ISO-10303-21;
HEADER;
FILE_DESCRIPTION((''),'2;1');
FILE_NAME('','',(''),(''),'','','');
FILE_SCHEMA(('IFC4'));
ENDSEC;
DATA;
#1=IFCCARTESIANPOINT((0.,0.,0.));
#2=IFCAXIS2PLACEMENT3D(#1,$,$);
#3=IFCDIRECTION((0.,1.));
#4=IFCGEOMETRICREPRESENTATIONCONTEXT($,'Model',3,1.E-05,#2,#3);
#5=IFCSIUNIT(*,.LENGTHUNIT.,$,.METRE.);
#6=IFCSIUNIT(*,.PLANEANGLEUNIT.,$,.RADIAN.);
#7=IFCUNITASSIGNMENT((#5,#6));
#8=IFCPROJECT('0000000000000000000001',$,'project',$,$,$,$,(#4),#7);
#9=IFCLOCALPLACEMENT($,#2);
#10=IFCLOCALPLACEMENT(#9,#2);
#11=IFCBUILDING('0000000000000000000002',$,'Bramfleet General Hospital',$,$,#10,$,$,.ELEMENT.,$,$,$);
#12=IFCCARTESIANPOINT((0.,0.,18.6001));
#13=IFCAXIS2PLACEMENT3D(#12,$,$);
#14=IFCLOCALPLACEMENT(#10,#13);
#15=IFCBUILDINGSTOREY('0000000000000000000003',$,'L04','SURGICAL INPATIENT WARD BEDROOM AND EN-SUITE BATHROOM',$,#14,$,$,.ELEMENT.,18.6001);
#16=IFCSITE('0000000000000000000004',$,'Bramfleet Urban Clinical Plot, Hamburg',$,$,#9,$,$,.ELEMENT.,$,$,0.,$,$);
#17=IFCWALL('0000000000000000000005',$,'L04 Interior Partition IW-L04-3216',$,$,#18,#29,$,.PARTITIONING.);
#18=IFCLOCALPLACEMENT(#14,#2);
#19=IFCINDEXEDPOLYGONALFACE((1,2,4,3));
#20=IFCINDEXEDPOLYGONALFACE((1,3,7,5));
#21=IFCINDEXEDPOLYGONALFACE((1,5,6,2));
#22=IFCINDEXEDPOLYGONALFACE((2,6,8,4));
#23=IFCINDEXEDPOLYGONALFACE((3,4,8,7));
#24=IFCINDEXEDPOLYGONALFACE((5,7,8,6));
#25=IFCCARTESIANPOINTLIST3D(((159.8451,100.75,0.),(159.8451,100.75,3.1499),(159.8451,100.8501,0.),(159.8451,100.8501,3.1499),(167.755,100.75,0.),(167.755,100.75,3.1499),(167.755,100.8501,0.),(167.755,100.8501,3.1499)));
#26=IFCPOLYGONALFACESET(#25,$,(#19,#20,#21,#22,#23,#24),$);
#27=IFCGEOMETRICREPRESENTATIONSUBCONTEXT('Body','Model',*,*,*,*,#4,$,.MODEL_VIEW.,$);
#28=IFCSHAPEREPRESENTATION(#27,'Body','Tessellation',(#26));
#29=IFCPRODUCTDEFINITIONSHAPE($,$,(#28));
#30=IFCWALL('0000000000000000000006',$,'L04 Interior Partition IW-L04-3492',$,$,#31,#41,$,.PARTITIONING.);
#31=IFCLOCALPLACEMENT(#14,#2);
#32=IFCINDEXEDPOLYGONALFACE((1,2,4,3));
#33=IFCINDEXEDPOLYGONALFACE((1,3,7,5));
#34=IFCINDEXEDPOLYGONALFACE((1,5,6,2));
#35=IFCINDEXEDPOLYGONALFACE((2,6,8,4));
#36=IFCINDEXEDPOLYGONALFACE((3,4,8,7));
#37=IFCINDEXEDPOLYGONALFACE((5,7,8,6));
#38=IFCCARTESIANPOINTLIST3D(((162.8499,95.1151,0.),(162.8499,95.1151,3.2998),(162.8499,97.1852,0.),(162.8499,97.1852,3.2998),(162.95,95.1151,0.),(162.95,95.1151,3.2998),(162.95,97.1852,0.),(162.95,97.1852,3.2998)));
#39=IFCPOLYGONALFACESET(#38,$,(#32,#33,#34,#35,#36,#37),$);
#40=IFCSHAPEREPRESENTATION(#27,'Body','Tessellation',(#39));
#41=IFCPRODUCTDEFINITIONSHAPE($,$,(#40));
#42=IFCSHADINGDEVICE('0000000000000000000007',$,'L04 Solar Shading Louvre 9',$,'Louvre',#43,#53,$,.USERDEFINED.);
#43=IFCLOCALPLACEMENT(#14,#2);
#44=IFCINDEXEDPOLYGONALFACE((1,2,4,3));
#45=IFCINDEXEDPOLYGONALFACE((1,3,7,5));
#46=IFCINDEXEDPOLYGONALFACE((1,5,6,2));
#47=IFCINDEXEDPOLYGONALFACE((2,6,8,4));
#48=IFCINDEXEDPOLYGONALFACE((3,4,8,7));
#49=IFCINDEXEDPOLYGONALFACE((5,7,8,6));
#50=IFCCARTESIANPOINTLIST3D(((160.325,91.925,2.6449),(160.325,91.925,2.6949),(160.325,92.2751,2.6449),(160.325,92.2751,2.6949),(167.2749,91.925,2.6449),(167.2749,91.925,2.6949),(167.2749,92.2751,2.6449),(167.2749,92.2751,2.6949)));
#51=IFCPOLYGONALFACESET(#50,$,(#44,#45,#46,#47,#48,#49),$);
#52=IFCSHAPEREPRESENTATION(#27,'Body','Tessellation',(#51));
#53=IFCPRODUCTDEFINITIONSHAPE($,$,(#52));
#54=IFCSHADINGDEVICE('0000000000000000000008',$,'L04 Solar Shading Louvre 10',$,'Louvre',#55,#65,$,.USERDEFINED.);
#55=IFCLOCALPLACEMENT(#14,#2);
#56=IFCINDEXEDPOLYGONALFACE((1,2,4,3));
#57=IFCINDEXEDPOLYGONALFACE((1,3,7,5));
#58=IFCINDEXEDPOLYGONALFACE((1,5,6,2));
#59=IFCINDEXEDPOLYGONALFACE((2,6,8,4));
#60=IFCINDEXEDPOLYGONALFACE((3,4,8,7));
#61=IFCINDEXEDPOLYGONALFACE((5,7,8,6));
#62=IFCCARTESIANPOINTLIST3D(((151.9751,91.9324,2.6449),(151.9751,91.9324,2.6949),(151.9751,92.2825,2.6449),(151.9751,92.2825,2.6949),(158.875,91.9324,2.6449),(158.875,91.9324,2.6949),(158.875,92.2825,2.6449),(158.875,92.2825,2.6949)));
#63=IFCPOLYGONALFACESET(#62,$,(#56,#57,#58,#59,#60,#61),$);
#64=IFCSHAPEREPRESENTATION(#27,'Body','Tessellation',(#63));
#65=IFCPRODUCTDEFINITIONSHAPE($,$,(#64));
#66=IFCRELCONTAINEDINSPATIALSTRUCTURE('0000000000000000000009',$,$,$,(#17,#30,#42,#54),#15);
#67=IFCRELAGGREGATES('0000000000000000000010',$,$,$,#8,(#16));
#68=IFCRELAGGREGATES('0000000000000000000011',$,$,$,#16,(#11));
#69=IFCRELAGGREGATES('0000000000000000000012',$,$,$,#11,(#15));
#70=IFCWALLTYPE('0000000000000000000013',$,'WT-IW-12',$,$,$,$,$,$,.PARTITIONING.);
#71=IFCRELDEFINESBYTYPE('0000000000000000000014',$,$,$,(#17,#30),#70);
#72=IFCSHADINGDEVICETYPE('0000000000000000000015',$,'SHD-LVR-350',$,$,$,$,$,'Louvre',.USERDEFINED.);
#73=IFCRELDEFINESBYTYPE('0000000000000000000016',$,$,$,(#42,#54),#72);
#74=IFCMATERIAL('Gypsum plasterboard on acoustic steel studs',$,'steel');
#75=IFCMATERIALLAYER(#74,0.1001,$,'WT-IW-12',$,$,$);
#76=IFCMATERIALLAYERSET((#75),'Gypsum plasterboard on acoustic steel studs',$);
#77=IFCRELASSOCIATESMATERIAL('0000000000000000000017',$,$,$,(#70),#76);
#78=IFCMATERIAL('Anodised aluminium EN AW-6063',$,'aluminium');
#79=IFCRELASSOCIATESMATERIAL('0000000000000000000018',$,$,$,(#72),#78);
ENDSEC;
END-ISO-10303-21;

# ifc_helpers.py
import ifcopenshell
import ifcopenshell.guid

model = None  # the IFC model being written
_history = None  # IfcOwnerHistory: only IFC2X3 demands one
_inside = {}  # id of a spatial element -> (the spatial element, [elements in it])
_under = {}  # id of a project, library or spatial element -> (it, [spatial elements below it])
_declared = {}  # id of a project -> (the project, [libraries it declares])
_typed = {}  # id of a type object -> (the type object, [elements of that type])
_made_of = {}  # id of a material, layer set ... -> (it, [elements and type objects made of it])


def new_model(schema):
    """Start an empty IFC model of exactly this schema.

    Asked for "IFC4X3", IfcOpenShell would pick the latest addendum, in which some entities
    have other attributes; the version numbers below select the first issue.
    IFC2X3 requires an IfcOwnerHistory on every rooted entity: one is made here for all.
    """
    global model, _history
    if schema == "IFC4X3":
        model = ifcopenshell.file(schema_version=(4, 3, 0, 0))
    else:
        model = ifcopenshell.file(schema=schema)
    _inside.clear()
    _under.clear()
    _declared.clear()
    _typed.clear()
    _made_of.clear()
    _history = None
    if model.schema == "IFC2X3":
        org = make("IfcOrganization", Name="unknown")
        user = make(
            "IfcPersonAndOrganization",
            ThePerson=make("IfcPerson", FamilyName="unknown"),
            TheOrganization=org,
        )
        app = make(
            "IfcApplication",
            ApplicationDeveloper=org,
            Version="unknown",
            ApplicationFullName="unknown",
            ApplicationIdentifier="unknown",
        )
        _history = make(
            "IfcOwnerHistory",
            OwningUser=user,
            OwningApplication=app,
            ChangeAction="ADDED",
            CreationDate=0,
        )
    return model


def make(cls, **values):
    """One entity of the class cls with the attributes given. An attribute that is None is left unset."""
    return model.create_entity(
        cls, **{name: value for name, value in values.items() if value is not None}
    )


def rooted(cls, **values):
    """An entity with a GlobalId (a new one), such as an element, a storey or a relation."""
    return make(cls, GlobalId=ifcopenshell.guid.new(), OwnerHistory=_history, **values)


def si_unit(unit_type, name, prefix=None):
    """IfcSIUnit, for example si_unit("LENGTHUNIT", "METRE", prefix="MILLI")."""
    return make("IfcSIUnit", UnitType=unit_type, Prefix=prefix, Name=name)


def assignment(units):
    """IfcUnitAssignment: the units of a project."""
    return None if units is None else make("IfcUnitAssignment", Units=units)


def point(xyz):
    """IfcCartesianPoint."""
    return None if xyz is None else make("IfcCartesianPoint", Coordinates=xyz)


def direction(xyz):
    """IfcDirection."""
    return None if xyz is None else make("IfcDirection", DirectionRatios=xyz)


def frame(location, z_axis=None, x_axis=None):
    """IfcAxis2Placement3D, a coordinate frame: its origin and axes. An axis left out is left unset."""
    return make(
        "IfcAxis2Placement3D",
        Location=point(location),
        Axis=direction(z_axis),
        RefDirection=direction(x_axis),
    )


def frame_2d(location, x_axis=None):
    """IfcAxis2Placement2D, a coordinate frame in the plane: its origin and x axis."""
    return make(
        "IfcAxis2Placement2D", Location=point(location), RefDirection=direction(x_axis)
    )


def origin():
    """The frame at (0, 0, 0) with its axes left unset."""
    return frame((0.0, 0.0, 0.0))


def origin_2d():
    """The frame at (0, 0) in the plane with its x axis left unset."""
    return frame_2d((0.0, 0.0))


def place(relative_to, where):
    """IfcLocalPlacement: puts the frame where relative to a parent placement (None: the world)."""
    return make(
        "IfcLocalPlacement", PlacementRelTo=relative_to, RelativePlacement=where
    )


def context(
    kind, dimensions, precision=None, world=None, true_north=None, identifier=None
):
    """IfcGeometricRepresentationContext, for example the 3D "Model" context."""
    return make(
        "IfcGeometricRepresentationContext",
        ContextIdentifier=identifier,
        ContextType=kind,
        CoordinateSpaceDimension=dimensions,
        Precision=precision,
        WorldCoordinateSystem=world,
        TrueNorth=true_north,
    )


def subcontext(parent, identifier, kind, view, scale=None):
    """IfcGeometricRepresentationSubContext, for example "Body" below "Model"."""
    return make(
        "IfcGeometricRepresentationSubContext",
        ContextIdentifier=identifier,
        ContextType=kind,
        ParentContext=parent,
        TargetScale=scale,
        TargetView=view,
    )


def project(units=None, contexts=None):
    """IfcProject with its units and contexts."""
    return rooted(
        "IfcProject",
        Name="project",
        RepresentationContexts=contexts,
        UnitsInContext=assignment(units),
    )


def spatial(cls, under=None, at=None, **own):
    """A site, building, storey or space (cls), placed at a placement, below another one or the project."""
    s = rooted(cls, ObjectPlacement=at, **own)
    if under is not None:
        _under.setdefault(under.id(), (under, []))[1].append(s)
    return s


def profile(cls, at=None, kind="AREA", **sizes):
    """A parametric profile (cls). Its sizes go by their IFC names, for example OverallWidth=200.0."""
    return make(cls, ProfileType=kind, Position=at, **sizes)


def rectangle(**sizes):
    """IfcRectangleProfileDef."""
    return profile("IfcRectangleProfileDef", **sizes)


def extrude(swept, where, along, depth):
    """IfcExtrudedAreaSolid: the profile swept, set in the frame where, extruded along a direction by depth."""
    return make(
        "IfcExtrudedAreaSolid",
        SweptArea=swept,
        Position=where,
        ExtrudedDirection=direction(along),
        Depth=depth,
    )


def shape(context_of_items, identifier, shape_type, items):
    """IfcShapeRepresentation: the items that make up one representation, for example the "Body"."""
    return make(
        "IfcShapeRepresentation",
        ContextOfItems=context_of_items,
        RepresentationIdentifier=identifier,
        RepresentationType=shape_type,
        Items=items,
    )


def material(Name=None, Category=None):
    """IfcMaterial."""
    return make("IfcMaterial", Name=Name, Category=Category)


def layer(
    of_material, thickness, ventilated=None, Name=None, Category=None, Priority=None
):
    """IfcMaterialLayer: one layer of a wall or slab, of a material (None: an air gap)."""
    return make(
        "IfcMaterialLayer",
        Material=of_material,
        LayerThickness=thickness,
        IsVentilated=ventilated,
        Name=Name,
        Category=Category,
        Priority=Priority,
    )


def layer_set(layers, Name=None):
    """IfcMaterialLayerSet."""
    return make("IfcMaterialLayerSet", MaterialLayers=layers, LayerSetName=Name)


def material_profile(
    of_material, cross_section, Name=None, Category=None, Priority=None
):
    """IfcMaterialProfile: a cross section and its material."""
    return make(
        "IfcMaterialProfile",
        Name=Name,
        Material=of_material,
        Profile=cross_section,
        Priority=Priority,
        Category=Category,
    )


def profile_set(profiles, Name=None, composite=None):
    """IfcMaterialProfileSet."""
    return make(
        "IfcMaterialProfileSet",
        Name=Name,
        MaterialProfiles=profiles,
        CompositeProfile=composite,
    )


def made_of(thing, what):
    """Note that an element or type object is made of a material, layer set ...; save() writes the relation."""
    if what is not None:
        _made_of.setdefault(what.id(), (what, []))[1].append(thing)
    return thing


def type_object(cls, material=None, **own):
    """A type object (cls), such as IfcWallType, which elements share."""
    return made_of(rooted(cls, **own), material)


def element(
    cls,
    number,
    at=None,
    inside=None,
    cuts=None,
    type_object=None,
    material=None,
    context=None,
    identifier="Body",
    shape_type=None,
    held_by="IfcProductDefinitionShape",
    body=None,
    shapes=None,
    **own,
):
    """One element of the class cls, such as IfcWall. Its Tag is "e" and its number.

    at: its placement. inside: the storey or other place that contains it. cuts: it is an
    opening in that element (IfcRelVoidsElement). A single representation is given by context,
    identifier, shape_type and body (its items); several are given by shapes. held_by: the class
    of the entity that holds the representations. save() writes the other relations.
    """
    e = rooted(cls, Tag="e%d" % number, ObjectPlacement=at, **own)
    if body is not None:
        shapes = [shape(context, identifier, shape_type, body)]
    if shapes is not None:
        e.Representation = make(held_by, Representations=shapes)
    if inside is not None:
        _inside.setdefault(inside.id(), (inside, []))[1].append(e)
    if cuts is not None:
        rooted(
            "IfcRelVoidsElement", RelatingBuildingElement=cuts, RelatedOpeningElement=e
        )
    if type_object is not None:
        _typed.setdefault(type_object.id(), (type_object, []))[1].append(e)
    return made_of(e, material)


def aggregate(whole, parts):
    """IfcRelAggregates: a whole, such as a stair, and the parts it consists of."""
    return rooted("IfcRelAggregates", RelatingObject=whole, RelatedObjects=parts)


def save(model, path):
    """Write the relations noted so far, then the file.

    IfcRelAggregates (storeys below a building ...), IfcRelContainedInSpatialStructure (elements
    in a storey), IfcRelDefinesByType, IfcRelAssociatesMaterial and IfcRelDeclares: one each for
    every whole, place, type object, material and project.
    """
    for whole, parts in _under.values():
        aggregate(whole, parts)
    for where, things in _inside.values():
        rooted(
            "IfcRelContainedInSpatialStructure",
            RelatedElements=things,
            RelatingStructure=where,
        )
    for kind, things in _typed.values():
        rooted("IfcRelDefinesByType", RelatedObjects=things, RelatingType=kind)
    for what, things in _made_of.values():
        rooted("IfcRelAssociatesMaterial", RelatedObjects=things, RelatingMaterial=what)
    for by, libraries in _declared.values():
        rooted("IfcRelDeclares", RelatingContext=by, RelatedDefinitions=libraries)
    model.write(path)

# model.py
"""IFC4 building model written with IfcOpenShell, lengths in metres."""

from ifc_helpers import new_model, si_unit, direction, frame, frame_2d, origin, origin_2d, place, context, subcontext, project, spatial, rectangle, extrude, material, layer, layer_set, material_profile, profile_set, type_object, element, save


model = new_model("IFC4")

# Units and contexts
model_context = context("Model", 3, precision=1e-05, world=origin(), true_north=direction((0.0, 1.0)))
body_context = subcontext(model_context, "Body", "Model", "MODEL_VIEW")
ifc_project = project(units=[si_unit("LENGTHUNIT", "METRE"), si_unit("PLANEANGLEUNIT", "RADIAN")], contexts=[model_context])

# Site, building, storey
site_placement = place(None, origin())
site = spatial("IfcSite", under=ifc_project, at=site_placement, Name="Bramfleet Urban Clinical Plot, Hamburg", CompositionType="ELEMENT", RefElevation=0.0)
building_placement = place(site_placement, origin())
building = spatial("IfcBuilding", under=site, at=building_placement, Name="Bramfleet General Hospital", CompositionType="ELEMENT")
storey_placement = place(building_placement, frame((0.0, 0.0, 18.6001)))
storey = spatial("IfcBuildingStorey", under=building, at=storey_placement, Name="L04", Description="SURGICAL INPATIENT WARD BEDROOM AND EN-SUITE BATHROOM", CompositionType="ELEMENT", Elevation=18.6001)

# Shared definitions
ifc_material_1 = material(Name="Gypsum plasterboard on acoustic steel studs", Category="steel")

# Walls
ifc_layer_1 = layer(ifc_material_1, 0.1001, Name="WT-IW-12")
ifc_layer_set_1 = layer_set([ifc_layer_1], Name="Gypsum plasterboard on acoustic steel studs")
wall_type_1 = type_object("IfcWallType", Name="WT-IW-12", PredefinedType="PARTITIONING", material=ifc_layer_set_1)
wall_1_placement = place(storey_placement, frame((159.845, 100.8, 0.0), z_axis=(0.0, 0.0, 1.0), x_axis=(1.0, 0.0, 0.0)))
element("IfcWall", 1, at=wall_1_placement, inside=storey, type_object=wall_type_1, Name="L04 Interior Partition IW-L04-3216", PredefinedType="PARTITIONING", context=body_context, shape_type="SweptSolid", body=[
    extrude(rectangle(XDim=7.9099, YDim=0.1001, at=frame_2d((3.9551, 0.0))), origin(), (0.0, 0.0, 1.0), 3.1499),
])
wall_2_placement = place(storey_placement, frame((162.8999, 95.115, 0.0), z_axis=(0.0, 0.0, 1.0), x_axis=(0.0, 1.0, 0.0)))
element("IfcWall", 2, at=wall_2_placement, inside=storey, type_object=wall_type_1, Name="L04 Interior Partition IW-L04-3492", PredefinedType="PARTITIONING", context=body_context, shape_type="SweptSolid", body=[
    extrude(rectangle(XDim=2.0701, YDim=0.1001, at=frame_2d((1.0352, 0.0))), origin(), (0.0, 0.0, 1.0), 3.2998),
])

# Shading devices
ifc_material_2 = material(Name="Anodised aluminium EN AW-6063", Category="aluminium")
ifc_material_profile_1 = material_profile(ifc_material_2, rectangle(XDim=0.05, YDim=0.3501, at=origin_2d()), Name="ALU LOUVRE 350x50")
ifc_profile_set_1 = profile_set([ifc_material_profile_1], Name="Anodised aluminium EN AW-6063")
shading_device_type = type_object("IfcShadingDeviceType", Name="SHD-LVR-350", ElementType="Louvre", PredefinedType="USERDEFINED", material=ifc_profile_set_1)
shading_device_1_placement = place(storey_placement, frame((167.2749, 92.1001, 2.6699), z_axis=(-1.0, 0.0, 0.0), x_axis=(0.0, 0.0, 1.0)))
element("IfcShadingDevice", 3, at=shading_device_1_placement, inside=storey, type_object=shading_device_type, Name="L04 Solar Shading Louvre 9", ObjectType="Louvre", PredefinedType="USERDEFINED", context=body_context, shape_type="SweptSolid", body=[
    extrude(rectangle(XDim=0.05, YDim=0.3501, at=origin_2d()), origin(), (0.0, 0.0, 1.0), 6.95),
])
shading_device_2_placement = place(storey_placement, frame((158.875, 92.1074, 2.6699), z_axis=(-1.0, 0.0, 0.0), x_axis=(0.0, 0.0, 1.0)))
element("IfcShadingDevice", 4, at=shading_device_2_placement, inside=storey, type_object=shading_device_type, Name="L04 Solar Shading Louvre 10", ObjectType="Louvre", PredefinedType="USERDEFINED", context=body_context, shape_type="SweptSolid", body=[
    extrude(rectangle(XDim=0.05, YDim=0.3501, at=origin_2d()), origin(), (0.0, 0.0, 1.0), 6.8999),
])

save(model, "model.ifc")
